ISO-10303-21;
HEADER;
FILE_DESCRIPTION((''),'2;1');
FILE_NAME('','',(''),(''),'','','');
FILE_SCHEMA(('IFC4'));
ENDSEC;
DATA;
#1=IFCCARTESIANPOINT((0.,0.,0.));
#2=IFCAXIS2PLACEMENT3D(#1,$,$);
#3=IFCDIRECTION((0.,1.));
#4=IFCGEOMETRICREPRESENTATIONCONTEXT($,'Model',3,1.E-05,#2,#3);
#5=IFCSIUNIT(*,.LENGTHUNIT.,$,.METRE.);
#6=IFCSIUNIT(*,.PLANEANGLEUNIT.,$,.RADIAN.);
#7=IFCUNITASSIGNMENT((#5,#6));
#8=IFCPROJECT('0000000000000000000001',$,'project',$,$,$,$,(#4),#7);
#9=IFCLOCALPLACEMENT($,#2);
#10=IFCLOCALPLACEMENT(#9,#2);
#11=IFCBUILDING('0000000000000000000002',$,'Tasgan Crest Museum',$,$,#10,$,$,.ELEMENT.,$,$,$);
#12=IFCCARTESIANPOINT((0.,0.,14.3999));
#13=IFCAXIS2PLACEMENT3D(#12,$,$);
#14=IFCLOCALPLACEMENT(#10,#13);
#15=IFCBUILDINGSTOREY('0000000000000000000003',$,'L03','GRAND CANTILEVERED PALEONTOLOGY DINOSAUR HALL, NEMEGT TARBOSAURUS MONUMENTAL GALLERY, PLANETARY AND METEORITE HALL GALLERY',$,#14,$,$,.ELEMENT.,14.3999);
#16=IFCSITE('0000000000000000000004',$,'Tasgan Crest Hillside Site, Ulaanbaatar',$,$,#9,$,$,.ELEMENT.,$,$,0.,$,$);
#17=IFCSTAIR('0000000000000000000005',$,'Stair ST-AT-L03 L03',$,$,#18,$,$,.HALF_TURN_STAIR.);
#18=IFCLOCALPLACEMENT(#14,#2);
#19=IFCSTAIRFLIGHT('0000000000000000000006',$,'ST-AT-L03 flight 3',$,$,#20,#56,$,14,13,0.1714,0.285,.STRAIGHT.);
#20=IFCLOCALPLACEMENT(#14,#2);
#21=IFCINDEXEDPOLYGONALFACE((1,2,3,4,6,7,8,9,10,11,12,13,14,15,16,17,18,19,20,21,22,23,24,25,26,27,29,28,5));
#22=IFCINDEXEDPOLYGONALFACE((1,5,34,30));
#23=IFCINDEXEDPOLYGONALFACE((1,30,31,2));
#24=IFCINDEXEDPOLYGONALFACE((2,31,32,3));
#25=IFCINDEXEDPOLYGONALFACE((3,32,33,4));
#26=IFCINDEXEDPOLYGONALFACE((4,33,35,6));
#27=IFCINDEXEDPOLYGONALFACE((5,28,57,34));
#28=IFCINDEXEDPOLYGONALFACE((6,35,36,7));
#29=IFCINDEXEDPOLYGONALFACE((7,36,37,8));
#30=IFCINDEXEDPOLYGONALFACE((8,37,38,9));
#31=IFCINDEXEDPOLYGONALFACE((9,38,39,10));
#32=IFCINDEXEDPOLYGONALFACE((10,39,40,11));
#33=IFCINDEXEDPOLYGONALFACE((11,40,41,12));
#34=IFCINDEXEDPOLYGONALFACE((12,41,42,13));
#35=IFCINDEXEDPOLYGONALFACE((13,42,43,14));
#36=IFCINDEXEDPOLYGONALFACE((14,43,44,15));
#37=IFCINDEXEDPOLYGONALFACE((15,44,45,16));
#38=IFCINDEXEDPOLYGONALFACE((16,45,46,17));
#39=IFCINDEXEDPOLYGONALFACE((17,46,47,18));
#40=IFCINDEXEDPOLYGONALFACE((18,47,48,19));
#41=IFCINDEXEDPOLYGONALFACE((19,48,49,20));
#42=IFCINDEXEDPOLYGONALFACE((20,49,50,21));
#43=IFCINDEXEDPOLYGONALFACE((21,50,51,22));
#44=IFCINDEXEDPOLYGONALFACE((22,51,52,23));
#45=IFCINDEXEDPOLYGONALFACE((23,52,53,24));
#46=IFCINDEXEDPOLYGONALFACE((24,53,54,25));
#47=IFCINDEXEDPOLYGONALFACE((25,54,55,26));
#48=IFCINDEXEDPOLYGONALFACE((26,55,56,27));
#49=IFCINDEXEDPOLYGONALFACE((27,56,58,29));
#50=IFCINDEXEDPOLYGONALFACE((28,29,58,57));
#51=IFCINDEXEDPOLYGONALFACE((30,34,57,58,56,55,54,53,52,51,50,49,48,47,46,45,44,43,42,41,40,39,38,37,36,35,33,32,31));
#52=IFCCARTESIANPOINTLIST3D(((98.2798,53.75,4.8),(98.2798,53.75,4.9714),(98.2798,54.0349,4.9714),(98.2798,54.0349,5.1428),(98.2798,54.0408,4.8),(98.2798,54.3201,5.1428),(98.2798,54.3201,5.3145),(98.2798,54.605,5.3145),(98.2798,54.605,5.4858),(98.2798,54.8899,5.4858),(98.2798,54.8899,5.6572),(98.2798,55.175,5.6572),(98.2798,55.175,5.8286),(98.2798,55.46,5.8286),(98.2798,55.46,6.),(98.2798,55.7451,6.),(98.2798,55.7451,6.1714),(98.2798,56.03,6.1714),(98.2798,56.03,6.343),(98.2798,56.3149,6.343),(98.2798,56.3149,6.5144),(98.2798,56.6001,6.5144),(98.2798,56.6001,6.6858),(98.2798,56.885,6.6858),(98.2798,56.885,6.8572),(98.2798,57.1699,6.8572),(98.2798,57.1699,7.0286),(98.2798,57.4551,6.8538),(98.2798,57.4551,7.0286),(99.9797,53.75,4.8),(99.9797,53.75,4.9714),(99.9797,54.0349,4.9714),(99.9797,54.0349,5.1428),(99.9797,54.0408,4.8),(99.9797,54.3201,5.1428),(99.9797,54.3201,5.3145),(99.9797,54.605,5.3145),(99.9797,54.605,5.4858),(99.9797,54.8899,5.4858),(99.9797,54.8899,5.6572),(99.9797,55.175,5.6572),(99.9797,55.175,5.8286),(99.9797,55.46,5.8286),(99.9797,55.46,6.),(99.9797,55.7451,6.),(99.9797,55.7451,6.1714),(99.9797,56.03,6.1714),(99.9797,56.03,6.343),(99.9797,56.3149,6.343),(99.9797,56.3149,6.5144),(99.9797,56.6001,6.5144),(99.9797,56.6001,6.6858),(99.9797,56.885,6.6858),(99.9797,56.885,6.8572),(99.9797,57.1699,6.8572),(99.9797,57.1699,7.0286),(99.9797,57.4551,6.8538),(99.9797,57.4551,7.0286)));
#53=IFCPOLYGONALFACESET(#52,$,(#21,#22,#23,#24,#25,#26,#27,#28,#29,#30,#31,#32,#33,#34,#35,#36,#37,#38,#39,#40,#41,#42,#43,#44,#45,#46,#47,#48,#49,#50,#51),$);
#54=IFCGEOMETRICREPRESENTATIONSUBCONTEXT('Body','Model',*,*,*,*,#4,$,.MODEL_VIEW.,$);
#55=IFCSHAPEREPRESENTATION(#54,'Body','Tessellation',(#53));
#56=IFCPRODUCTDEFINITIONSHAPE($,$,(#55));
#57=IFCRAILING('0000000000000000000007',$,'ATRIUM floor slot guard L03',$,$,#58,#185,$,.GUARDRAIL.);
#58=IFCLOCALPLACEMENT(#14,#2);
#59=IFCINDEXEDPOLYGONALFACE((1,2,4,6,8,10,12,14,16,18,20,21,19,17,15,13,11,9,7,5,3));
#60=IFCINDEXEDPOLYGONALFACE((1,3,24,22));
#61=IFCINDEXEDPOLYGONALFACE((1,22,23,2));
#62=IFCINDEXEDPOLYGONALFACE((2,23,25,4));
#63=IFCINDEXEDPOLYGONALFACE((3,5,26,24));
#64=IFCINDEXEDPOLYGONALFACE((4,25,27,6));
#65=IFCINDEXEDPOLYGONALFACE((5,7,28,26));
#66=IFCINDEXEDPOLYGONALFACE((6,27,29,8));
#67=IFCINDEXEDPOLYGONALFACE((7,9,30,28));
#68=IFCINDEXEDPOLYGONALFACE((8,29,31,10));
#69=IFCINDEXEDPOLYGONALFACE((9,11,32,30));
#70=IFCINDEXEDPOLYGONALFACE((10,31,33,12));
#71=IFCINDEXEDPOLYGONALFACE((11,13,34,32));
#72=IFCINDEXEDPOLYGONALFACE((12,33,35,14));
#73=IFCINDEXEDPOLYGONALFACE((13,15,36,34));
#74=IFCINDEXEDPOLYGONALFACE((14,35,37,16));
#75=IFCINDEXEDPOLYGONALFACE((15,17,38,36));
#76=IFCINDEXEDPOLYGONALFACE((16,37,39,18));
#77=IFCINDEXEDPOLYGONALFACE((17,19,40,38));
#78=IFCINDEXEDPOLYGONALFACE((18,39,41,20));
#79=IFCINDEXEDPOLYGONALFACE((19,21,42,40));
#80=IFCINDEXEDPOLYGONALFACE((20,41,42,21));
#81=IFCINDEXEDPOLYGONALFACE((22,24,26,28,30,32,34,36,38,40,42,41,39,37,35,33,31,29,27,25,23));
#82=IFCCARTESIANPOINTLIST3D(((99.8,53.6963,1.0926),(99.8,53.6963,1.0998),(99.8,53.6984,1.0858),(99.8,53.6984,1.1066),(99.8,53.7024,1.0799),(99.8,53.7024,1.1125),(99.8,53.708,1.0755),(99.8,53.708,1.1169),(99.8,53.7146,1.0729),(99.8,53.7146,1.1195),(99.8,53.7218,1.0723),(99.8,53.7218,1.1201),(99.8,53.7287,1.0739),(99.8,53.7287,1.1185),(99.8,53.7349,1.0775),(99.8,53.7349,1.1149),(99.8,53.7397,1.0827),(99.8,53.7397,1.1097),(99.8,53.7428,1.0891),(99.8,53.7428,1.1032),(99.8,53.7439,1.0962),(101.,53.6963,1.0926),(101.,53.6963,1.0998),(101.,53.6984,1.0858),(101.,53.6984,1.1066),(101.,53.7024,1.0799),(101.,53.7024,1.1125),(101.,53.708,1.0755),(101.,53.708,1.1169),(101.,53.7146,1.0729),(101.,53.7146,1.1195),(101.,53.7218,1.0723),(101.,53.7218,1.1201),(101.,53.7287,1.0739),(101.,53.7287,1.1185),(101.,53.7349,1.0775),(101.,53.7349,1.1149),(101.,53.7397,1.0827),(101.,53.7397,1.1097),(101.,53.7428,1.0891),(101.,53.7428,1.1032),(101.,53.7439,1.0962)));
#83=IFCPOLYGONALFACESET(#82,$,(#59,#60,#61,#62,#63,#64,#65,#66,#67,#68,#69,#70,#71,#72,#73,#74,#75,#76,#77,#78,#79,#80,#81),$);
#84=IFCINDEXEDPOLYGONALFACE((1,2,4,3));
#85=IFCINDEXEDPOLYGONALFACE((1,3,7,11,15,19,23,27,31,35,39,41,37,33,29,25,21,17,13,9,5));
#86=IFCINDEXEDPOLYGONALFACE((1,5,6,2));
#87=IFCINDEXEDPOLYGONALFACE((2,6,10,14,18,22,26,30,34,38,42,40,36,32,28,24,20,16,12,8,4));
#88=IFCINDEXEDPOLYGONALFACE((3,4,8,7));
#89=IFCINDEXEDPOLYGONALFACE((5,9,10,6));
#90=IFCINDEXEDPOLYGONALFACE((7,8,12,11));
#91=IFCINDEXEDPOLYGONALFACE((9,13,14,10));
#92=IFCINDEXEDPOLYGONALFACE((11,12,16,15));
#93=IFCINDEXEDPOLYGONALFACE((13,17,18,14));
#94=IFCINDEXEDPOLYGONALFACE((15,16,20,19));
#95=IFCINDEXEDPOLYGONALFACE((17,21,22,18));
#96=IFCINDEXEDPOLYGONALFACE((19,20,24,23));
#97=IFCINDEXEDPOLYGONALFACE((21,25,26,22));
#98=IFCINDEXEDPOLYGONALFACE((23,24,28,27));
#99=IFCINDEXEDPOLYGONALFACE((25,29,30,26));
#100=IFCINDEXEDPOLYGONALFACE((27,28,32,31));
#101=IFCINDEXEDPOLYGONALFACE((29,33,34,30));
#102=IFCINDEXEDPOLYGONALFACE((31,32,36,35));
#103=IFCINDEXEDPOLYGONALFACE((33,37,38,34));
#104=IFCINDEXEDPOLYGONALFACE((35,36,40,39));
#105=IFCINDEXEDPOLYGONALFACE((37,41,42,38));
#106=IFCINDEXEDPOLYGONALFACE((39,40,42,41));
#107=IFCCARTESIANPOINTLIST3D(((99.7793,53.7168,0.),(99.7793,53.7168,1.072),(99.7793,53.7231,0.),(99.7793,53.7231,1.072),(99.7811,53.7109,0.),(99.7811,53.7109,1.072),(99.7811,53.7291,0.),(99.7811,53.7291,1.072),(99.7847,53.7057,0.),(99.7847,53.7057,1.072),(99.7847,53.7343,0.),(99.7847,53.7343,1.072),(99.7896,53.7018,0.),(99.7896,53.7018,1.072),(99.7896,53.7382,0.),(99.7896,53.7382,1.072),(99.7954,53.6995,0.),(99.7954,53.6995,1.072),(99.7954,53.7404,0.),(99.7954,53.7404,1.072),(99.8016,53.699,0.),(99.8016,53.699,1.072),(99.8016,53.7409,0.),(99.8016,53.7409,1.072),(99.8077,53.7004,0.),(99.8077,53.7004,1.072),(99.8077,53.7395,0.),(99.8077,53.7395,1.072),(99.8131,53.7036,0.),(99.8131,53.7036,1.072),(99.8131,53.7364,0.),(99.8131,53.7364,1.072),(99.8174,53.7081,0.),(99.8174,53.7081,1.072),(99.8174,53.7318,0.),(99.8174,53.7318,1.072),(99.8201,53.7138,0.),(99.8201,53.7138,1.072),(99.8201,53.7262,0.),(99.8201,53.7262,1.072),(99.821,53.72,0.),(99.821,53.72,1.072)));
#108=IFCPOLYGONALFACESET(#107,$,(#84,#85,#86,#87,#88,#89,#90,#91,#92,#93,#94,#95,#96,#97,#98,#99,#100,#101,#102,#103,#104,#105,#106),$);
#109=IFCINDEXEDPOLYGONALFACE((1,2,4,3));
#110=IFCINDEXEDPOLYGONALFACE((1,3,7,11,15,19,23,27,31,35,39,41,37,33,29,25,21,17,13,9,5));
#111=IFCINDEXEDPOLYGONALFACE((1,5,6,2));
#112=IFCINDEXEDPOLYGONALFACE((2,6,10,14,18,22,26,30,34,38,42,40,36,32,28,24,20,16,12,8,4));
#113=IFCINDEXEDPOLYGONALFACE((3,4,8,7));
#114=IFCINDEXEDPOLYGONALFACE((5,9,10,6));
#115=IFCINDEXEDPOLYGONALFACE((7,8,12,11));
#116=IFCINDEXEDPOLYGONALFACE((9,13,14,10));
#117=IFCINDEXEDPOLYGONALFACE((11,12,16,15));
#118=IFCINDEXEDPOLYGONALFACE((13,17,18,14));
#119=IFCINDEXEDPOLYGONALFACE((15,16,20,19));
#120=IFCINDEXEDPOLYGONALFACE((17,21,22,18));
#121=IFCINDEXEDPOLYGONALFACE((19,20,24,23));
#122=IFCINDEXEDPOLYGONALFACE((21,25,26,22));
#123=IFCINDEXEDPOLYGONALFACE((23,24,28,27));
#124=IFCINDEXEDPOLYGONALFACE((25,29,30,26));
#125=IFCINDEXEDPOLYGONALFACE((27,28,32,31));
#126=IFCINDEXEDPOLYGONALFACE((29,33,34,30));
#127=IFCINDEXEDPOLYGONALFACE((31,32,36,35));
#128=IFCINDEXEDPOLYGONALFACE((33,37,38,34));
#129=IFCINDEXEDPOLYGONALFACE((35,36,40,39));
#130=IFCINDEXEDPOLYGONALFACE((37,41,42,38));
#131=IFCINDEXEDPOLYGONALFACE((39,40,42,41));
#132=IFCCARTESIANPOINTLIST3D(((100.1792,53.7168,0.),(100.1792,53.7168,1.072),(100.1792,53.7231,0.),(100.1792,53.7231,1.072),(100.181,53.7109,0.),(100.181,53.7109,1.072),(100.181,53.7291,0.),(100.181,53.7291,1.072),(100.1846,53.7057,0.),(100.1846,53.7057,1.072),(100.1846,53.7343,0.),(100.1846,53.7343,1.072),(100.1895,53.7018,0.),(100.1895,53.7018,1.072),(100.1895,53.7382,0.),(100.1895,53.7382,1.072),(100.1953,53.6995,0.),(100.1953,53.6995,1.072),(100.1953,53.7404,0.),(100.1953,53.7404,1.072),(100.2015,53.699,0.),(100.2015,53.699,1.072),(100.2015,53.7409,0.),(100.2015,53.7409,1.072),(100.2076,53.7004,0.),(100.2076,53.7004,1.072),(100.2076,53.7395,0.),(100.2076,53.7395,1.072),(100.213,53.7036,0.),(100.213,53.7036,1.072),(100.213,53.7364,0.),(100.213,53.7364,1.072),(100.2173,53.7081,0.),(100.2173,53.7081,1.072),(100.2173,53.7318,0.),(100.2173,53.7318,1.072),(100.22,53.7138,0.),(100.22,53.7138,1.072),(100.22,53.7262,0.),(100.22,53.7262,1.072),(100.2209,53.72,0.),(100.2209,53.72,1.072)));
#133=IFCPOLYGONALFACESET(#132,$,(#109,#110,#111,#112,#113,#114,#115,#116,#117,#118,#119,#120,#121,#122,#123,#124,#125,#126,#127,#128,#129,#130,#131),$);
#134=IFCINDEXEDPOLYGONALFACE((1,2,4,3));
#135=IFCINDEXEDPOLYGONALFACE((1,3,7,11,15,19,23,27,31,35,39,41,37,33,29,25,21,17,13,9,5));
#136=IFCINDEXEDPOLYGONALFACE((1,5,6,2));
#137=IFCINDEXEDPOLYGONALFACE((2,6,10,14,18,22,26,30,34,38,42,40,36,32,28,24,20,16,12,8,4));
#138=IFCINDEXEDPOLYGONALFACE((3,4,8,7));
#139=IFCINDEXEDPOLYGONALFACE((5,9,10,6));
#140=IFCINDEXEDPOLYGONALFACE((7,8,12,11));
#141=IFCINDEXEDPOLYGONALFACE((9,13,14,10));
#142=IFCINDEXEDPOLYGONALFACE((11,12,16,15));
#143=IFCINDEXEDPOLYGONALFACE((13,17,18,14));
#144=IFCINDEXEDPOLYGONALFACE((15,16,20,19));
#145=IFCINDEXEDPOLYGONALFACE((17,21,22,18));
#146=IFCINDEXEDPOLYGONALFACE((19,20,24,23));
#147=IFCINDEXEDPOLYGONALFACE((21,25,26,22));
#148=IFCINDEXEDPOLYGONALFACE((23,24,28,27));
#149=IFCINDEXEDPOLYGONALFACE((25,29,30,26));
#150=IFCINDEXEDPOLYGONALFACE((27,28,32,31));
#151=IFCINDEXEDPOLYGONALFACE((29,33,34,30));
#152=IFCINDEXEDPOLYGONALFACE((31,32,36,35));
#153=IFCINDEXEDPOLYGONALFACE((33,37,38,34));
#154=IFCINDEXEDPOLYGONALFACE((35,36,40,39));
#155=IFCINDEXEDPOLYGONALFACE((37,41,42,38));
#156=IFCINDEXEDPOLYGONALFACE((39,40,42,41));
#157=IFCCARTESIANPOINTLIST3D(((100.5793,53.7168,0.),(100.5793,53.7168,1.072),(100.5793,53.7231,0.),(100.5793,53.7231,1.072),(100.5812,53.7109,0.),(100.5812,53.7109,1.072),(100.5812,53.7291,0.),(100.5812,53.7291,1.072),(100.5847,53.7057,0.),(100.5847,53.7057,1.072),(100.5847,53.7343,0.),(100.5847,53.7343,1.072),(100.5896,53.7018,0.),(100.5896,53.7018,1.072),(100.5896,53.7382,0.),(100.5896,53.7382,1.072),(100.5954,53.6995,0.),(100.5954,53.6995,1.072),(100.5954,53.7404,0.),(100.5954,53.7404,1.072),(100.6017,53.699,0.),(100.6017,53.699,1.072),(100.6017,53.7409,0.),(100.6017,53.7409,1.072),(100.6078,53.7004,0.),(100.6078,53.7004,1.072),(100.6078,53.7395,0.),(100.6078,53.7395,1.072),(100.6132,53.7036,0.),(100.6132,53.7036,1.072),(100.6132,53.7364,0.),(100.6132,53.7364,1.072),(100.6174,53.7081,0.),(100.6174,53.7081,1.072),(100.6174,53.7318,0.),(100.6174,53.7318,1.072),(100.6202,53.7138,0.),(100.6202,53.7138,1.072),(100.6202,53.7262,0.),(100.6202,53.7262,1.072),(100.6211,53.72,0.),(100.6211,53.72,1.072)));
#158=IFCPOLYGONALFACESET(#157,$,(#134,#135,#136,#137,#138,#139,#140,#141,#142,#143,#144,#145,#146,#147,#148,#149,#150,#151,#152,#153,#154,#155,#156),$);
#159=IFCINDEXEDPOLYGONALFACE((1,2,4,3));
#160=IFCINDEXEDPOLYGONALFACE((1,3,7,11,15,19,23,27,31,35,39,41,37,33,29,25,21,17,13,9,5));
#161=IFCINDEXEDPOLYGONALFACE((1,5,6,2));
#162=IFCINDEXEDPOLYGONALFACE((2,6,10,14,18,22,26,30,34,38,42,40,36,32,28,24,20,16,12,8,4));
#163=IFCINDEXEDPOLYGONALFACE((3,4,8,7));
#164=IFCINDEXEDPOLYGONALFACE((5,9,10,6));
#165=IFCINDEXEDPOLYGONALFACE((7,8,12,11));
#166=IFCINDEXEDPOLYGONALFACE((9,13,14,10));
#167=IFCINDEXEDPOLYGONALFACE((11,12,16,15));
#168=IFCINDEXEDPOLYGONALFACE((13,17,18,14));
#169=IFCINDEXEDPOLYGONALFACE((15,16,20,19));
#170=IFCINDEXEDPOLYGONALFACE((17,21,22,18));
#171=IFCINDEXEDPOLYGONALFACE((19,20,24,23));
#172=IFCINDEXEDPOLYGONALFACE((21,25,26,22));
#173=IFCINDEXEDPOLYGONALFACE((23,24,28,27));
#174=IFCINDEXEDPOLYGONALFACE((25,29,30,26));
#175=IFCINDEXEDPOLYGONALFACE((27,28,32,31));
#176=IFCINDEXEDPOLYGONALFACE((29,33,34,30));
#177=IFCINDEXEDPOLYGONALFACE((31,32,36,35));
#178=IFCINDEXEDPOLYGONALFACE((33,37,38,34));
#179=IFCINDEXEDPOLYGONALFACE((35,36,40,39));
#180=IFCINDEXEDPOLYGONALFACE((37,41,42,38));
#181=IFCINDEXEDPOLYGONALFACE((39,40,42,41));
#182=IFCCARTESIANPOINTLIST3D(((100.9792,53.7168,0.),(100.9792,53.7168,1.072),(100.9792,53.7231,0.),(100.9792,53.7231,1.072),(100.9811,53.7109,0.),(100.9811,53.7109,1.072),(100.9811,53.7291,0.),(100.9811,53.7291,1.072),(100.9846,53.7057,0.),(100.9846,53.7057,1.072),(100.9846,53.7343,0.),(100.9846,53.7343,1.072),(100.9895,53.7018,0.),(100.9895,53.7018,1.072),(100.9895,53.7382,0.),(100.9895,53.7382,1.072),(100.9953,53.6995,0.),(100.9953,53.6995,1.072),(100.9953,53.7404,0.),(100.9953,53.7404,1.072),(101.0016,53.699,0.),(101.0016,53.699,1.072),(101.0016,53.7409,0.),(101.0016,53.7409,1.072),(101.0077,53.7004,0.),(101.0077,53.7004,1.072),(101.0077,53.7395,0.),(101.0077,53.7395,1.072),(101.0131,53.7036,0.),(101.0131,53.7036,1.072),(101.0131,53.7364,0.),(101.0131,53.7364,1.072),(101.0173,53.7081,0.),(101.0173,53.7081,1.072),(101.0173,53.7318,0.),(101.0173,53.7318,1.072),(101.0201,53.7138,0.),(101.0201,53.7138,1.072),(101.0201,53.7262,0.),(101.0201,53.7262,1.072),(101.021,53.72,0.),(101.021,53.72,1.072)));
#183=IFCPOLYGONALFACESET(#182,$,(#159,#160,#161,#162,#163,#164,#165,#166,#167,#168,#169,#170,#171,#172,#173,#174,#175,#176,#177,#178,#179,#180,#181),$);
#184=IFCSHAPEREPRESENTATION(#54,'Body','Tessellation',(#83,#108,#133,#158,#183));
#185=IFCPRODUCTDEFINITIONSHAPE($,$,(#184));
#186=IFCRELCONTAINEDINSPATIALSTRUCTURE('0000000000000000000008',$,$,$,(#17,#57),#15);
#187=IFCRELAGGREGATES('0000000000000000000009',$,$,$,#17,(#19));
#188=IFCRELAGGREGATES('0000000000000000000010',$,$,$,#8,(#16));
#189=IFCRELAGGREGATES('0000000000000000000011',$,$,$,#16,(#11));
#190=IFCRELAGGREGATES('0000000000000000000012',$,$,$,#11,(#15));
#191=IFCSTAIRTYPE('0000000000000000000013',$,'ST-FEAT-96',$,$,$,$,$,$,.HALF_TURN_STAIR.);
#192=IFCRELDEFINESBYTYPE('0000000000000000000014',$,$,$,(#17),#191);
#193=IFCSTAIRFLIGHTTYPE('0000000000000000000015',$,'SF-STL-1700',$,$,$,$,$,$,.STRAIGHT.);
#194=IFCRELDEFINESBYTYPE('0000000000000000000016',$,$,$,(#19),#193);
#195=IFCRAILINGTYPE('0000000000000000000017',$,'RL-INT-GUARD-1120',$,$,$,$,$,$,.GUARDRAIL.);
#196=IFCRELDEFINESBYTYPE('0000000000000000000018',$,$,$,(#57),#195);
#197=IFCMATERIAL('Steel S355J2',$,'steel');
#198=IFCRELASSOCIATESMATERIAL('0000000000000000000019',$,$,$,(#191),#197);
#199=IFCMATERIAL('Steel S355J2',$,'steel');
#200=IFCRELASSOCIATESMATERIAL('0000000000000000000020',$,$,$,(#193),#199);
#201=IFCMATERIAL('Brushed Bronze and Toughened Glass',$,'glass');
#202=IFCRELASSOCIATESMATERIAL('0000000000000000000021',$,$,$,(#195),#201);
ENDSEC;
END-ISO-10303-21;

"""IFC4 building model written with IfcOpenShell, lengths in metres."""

from ifc_helpers import new_model, si_unit, direction, frame, origin, origin_2d, place, context, subcontext, project, spatial, polyline, circle, outline, extrude, material, type_object, element, aggregate, save


model = new_model("IFC4")

# Units and contexts
model_context = context("Model", 3, precision=1e-05, world=origin(), true_north=direction((0.0, 1.0)))
body_context = subcontext(model_context, "Body", "Model", "MODEL_VIEW")
ifc_project = project(units=[si_unit("LENGTHUNIT", "METRE"), si_unit("PLANEANGLEUNIT", "RADIAN")], contexts=[model_context])

# Site, building, storey
site_placement = place(None, origin())
site = spatial("IfcSite", under=ifc_project, at=site_placement, Name="Tasgan Crest Hillside Site, Ulaanbaatar", CompositionType="ELEMENT", RefElevation=0.0)
building_placement = place(site_placement, origin())
building = spatial("IfcBuilding", under=site, at=building_placement, Name="Tasgan Crest Museum", CompositionType="ELEMENT")
storey_placement = place(building_placement, frame((0.0, 0.0, 14.3999)))
storey = spatial("IfcBuildingStorey", under=building, at=storey_placement, Name="L03", Description="GRAND CANTILEVERED PALEONTOLOGY DINOSAUR HALL, NEMEGT TARBOSAURUS MONUMENTAL GALLERY, PLANETARY AND METEORITE HALL GALLERY", CompositionType="ELEMENT", Elevation=14.3999)

# Stair, stair flight
ifc_material_1 = material(Name="Steel S355J2", Category="steel")
stair_type = type_object("IfcStairType", Name="ST-FEAT-96", PredefinedType="HALF_TURN_STAIR", material=ifc_material_1)
stair_placement = place(storey_placement, origin())
stair = element("IfcStair", 1, at=stair_placement, inside=storey, type_object=stair_type, Name="Stair ST-AT-L03 L03", PredefinedType="HALF_TURN_STAIR")
ifc_material_2 = material(Name="Steel S355J2", Category="steel")
stair_flight_type = type_object("IfcStairFlightType", Name="SF-STL-1700", PredefinedType="STRAIGHT", material=ifc_material_2)
stair_flight_1_placement = place(storey_placement, frame((99.1299, 53.75, 4.8), z_axis=(0.0, 0.0, 1.0), x_axis=(0.0, 1.0, 0.0)))
stair_flight_1 = element("IfcStairFlight", 2, at=stair_flight_1_placement, type_object=stair_flight_type, Name="ST-AT-L03 flight 3", NumberOfRisers=14, NumberOfTreads=13, PredefinedType="STRAIGHT", RiserHeight=0.1714, TreadLength=0.285, context=body_context, shape_type="SweptSolid", body=[
    extrude(outline(polyline([(0.0, 0.0), (0.0, 0.1714), (0.2849, 0.1714), (0.2849, 0.3428), (0.5701, 0.3428), (0.5701, 0.5144), (0.855, 0.5144), (0.855, 0.6858), (1.1399, 0.6858), (1.1399, 0.8572), (1.425, 0.8572), (1.425, 1.0286), (1.71, 1.0286), (1.71, 1.2), (1.9951, 1.2), (1.9951, 1.3713), (2.28, 1.3713), (2.28, 1.543), (2.5649, 1.543), (2.5649, 1.7144), (2.8501, 1.7144), (2.8501, 1.8857), (3.135, 1.8857), (3.135, 2.0571), (3.4199, 2.0571), (3.4199, 2.2285), (3.7051, 2.2285), (3.7051, 2.3999), (3.7051, 2.0537), (0.2908, 0.0), (0.0, 0.0)])), frame((0.0, 0.8501, 0.0), z_axis=(0.0, -1.0, 0.0), x_axis=(1.0, 0.0, 0.0)), (0.0, 0.0, 1.0), 1.7),
])
aggregate(stair, [stair_flight_1])

# Railing
ifc_material_3 = material(Name="Brushed Bronze and Toughened Glass", Category="glass")
railing_type_1 = type_object("IfcRailingType", Name="RL-INT-GUARD-1120", PredefinedType="GUARDRAIL", material=ifc_material_3)
railing_1_placement = place(storey_placement, frame((99.8, 53.72, 0.0)))
element("IfcRailing", 3, at=railing_1_placement, inside=storey, type_object=railing_type_1, Name="ATRIUM floor slot guard L03", PredefinedType="GUARDRAIL", context=body_context, shape_type="SweptSolid", body=[
    extrude(circle(Radius=0.0239, at=origin_2d()), frame((0.0, 0.0, 1.0962), z_axis=(1.0, 0.0, 0.0), x_axis=(0.0, 1.0, 0.0)), (0.0, 0.0, 1.0), 1.2),
    extrude(circle(Radius=0.021, at=origin_2d()), origin(), (0.0, 0.0, 1.0), 1.072),
    extrude(circle(Radius=0.021, at=origin_2d()), frame((0.3999, 0.0, 0.0)), (0.0, 0.0, 1.0), 1.072),
    extrude(circle(Radius=0.021, at=origin_2d()), frame((0.8, 0.0, 0.0)), (0.0, 0.0, 1.0), 1.072),
    extrude(circle(Radius=0.021, at=origin_2d()), frame((1.2, 0.0, 0.0)), (0.0, 0.0, 1.0), 1.072),
])

save(model, "model.ifc")
